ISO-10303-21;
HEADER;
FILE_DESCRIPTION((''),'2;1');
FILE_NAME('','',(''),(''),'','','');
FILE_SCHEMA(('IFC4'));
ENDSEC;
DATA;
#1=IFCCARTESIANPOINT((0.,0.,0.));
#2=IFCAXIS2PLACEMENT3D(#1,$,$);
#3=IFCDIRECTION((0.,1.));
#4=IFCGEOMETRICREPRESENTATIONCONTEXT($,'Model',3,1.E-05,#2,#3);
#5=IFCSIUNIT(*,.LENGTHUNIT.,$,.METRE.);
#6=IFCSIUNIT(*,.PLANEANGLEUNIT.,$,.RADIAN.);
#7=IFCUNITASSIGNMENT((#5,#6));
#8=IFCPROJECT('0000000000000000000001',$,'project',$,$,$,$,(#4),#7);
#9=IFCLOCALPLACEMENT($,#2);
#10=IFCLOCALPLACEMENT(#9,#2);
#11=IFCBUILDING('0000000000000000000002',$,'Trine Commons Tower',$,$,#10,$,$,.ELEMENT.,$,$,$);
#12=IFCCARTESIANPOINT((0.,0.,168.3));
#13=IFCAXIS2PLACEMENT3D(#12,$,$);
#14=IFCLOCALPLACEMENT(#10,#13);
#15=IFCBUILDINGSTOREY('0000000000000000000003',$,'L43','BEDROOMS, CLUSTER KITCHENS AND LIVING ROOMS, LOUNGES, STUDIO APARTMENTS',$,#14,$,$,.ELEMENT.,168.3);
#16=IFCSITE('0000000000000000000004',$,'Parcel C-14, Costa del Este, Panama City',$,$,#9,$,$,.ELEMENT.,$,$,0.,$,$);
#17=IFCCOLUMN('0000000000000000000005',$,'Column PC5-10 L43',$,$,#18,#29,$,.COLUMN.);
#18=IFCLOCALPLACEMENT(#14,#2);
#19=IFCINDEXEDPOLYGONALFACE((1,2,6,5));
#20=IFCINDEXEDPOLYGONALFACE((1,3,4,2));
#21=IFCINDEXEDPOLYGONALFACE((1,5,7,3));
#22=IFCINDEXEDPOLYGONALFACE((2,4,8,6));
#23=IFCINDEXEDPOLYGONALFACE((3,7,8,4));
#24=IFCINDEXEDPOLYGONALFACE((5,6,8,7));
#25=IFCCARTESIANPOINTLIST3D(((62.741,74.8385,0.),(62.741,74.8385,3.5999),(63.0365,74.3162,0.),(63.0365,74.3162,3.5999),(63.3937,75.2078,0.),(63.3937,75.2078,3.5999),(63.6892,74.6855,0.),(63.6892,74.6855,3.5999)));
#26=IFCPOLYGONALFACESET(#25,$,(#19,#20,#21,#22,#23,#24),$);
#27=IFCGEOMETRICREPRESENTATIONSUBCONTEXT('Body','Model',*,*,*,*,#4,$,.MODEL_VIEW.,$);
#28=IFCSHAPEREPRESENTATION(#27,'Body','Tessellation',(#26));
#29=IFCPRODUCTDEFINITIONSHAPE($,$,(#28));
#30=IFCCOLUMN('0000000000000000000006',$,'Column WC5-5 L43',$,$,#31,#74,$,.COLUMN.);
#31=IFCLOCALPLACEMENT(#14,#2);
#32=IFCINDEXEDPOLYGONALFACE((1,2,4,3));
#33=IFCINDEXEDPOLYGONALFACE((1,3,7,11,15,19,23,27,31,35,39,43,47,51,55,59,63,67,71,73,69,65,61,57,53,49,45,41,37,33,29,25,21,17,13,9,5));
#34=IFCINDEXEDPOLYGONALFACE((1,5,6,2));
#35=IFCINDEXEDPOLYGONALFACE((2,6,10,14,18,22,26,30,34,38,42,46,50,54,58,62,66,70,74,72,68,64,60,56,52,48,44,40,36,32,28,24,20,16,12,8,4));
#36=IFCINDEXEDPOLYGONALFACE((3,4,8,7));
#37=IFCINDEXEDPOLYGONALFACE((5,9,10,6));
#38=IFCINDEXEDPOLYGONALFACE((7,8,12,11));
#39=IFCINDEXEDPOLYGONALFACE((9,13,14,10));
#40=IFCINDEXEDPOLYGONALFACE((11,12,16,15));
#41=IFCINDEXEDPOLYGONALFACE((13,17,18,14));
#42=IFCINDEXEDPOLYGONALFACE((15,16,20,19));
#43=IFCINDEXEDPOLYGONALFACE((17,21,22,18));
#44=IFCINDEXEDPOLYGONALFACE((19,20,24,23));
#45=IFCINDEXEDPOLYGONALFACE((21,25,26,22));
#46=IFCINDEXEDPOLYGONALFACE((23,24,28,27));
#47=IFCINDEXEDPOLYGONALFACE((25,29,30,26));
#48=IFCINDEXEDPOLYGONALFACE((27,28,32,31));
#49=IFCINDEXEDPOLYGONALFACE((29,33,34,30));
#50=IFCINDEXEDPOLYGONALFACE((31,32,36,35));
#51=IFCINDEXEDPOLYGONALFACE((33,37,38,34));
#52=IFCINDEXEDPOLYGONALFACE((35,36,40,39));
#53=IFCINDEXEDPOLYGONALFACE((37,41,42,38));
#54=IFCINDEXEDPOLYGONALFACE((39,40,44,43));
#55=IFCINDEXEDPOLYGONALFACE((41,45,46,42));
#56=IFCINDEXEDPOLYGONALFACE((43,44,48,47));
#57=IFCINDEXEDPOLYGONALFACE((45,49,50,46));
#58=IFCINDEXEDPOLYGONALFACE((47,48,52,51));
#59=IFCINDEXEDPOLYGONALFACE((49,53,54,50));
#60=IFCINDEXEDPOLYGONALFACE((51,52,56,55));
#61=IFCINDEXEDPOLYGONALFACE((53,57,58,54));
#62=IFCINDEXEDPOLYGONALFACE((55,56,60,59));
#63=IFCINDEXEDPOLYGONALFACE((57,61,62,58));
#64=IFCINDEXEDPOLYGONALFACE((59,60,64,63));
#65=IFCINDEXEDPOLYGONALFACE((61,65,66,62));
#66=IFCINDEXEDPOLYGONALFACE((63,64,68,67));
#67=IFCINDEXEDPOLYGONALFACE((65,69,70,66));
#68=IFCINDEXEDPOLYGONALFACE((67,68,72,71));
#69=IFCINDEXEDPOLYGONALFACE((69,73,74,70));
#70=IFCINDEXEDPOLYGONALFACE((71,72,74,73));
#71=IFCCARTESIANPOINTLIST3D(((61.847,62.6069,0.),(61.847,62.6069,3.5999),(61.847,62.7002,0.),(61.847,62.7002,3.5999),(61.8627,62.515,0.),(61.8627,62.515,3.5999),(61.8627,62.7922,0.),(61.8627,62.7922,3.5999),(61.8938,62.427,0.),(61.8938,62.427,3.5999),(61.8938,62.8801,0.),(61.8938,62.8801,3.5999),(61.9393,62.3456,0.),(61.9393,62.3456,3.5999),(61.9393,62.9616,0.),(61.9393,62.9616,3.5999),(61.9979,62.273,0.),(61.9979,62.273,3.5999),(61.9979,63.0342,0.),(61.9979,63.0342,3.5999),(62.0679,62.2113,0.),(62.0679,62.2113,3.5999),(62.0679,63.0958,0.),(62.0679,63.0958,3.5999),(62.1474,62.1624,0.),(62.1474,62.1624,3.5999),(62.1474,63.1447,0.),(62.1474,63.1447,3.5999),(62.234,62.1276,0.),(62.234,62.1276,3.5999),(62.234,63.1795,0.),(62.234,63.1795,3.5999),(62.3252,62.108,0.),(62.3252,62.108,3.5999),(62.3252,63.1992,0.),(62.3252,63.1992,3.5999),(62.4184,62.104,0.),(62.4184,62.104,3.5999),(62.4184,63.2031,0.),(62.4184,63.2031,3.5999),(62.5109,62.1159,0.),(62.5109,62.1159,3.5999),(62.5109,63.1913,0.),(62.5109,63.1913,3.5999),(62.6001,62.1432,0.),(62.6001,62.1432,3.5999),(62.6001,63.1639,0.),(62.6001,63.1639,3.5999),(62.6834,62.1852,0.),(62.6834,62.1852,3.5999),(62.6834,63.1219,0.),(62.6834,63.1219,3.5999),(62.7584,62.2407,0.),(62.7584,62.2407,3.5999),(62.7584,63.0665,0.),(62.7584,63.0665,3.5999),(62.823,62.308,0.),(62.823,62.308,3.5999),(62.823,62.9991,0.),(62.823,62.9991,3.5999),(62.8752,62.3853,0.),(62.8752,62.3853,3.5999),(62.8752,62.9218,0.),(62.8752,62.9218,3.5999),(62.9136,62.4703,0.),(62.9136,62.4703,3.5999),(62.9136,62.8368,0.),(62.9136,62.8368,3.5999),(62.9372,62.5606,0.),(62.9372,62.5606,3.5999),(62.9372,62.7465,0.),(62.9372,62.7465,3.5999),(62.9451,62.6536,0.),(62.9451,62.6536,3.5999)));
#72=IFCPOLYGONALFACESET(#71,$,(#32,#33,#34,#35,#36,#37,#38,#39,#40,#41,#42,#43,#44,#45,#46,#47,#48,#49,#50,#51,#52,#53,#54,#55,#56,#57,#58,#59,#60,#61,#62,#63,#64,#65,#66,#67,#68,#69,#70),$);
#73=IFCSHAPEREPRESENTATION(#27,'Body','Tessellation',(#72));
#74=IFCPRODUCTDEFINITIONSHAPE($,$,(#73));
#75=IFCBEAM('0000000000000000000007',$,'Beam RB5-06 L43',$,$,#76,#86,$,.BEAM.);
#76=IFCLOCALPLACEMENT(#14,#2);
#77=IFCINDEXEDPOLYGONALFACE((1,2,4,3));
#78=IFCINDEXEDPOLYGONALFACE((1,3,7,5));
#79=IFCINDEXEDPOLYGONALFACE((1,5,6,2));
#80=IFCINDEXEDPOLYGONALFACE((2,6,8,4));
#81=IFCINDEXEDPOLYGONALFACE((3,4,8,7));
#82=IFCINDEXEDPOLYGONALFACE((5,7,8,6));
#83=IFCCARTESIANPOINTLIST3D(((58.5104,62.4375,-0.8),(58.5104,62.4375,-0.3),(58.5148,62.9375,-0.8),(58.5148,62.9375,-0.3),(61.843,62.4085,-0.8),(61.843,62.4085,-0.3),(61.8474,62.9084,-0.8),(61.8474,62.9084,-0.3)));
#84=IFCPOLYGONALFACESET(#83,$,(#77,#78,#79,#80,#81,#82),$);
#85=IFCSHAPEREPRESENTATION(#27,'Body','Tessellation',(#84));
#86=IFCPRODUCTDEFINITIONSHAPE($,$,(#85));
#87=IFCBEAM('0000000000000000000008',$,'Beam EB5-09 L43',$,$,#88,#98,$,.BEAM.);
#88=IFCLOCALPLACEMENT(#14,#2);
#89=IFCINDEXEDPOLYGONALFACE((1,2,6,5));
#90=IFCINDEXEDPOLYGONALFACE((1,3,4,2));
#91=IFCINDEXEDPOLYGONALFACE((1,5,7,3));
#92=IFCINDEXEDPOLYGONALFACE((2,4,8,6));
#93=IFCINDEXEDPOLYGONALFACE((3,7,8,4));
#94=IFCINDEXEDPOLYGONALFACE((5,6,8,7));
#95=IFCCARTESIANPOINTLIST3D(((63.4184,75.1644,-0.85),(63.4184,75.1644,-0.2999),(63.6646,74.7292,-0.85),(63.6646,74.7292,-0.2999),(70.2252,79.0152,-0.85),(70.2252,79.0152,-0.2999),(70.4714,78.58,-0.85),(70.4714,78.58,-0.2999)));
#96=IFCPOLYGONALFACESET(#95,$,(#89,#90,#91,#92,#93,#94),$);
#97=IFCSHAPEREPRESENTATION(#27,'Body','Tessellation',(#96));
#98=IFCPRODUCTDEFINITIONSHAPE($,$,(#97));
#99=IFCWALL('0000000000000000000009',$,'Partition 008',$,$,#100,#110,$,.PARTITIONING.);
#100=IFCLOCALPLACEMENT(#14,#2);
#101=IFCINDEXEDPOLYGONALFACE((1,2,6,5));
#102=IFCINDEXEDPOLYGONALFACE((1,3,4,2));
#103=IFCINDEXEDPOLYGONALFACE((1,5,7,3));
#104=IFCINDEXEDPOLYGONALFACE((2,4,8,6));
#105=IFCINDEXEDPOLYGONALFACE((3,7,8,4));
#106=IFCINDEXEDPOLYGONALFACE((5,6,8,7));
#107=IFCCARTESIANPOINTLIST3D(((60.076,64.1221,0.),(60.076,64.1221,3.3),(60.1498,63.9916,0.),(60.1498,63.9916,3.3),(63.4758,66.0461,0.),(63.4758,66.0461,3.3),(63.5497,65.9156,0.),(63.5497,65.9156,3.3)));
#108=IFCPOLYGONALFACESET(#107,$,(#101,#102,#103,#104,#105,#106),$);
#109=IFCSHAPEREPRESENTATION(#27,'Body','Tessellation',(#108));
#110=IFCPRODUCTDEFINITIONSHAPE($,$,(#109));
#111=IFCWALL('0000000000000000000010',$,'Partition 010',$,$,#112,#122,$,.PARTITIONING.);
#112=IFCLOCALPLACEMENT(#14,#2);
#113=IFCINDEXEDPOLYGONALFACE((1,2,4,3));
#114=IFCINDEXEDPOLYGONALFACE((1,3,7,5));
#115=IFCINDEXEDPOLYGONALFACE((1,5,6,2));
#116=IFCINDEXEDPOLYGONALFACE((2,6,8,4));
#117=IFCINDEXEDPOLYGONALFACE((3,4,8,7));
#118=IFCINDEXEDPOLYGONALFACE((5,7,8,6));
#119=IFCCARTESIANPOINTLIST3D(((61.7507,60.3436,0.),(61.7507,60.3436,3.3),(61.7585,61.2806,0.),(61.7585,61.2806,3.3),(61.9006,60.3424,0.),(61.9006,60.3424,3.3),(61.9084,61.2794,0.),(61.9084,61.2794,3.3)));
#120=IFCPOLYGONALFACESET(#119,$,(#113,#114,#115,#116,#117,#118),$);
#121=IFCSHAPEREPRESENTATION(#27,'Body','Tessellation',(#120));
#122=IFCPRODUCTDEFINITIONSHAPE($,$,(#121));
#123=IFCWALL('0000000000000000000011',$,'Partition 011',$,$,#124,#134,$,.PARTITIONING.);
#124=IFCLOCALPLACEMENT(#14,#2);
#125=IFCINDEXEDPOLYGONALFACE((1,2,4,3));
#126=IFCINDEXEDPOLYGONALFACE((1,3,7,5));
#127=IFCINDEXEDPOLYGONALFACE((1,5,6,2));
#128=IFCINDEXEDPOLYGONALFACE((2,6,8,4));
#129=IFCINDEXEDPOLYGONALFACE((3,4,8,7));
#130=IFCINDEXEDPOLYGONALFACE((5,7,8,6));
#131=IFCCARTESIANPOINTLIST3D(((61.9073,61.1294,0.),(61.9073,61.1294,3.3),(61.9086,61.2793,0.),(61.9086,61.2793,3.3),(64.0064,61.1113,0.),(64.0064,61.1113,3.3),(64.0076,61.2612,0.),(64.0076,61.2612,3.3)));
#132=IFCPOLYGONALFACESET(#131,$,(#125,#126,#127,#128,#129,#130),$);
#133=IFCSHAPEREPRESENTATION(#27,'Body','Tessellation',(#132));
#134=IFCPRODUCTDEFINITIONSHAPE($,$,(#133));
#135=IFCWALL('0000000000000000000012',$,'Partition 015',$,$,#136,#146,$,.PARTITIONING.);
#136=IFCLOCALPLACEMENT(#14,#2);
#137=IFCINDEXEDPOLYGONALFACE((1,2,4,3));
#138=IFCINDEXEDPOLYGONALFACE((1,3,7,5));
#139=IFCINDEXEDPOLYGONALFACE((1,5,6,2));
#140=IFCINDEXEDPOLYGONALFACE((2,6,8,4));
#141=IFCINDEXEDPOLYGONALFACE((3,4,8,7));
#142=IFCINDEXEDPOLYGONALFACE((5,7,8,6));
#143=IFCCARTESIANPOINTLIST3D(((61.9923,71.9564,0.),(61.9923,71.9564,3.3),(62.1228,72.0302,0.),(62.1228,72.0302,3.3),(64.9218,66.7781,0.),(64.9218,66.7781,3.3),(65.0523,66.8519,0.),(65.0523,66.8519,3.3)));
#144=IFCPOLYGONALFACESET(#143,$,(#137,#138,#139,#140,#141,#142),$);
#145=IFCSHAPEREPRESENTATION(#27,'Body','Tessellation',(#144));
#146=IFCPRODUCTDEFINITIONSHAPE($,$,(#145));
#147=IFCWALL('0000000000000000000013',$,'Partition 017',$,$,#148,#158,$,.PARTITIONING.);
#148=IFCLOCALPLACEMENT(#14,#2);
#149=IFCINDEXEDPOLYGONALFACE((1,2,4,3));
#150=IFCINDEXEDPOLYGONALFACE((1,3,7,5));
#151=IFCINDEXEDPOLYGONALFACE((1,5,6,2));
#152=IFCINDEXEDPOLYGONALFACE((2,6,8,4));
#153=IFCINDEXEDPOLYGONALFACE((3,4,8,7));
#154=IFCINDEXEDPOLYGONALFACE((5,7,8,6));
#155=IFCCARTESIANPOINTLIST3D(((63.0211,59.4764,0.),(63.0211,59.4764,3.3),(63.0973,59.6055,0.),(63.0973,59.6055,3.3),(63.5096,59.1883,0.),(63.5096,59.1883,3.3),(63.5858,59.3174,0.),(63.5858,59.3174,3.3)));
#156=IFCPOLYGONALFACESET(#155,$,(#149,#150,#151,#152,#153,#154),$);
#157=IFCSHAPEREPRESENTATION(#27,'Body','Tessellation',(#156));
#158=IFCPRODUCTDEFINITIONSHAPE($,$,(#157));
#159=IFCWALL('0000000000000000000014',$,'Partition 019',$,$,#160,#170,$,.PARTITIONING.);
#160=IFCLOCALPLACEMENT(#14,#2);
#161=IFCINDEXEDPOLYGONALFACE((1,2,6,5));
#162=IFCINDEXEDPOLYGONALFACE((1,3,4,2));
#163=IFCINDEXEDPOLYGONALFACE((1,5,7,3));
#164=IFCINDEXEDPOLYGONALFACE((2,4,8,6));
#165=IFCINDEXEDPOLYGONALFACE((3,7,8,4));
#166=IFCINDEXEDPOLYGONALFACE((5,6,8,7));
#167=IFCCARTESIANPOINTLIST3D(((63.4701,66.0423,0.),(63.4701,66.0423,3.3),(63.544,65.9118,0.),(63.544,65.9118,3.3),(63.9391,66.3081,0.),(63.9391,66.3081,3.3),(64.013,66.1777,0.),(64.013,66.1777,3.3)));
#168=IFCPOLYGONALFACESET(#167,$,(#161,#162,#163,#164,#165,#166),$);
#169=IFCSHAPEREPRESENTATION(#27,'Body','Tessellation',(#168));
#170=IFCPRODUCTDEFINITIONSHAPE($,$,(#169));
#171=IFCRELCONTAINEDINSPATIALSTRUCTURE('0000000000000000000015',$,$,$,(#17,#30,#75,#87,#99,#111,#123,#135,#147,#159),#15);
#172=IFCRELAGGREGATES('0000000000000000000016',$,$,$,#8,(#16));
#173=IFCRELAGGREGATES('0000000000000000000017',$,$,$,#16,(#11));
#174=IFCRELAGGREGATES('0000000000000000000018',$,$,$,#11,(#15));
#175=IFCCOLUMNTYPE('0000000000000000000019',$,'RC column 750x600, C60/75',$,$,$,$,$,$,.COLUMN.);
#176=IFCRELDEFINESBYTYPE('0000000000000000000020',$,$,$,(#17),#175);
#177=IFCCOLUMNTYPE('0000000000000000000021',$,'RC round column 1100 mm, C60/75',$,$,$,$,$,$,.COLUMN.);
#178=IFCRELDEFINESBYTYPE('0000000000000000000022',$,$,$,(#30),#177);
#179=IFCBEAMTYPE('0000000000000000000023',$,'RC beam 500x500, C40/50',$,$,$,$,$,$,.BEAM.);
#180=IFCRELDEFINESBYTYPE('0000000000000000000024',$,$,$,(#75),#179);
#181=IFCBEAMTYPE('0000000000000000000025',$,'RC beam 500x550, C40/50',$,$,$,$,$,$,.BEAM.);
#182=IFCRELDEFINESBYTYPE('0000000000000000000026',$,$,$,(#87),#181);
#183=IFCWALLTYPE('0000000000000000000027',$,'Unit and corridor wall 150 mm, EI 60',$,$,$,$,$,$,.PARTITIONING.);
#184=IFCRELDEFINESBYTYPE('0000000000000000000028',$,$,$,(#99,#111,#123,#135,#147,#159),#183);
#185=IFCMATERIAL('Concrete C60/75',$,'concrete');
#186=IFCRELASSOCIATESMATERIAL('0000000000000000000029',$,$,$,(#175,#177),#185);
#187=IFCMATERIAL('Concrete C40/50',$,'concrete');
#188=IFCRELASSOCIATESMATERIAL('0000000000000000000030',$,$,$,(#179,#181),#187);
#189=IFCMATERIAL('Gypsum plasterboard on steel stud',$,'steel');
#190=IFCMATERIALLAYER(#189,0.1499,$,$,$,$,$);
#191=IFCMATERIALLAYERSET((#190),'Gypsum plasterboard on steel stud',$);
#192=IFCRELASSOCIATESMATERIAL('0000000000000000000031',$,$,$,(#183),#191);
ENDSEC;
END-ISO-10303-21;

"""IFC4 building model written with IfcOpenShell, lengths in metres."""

from ifc_helpers import new_model, si_unit, direction, frame, frame_2d, origin, origin_2d, place, context, subcontext, project, spatial, rectangle, circle, extrude, material, layer, layer_set, material_profile, profile_set, type_object, element, save


model = new_model("IFC4")

# Units and contexts
model_context = context("Model", 3, precision=1e-05, world=origin(), true_north=direction((0.0, 1.0)))
body_context = subcontext(model_context, "Body", "Model", "MODEL_VIEW")
ifc_project = project(units=[si_unit("LENGTHUNIT", "METRE"), si_unit("PLANEANGLEUNIT", "RADIAN")], contexts=[model_context])

# Site, building, storey
site_placement = place(None, origin())
site = spatial("IfcSite", under=ifc_project, at=site_placement, Name="Parcel C-14, Costa del Este, Panama City", CompositionType="ELEMENT", RefElevation=0.0)
building_placement = place(site_placement, origin())
building = spatial("IfcBuilding", under=site, at=building_placement, Name="Trine Commons Tower", CompositionType="ELEMENT")
storey_placement = place(building_placement, frame((0.0, 0.0, 168.3)))
storey = spatial("IfcBuildingStorey", under=building, at=storey_placement, Name="L43", Description="BEDROOMS, CLUSTER KITCHENS AND LIVING ROOMS, LOUNGES, STUDIO APARTMENTS", CompositionType="ELEMENT", Elevation=168.3)

# Columns
ifc_material_1 = material(Name="Concrete C60/75", Category="concrete")
ifc_material_profile_1 = material_profile(ifc_material_1, rectangle(XDim=0.75, YDim=0.6001, at=origin_2d()), Name="RC 750x600")
ifc_profile_set_1 = profile_set([ifc_material_profile_1], Name="Concrete C60/75")
column_type_1 = type_object("IfcColumnType", Name="RC column 750x600, C60/75", PredefinedType="COLUMN", material=ifc_profile_set_1)
column_1_placement = place(storey_placement, frame((63.2151, 74.762, 0.0), z_axis=(0.0, 0.0, 1.0), x_axis=(0.870356, 0.492424, 0.0)))
element("IfcColumn", 1, at=column_1_placement, inside=storey, type_object=column_type_1, Name="Column PC5-10 L43", PredefinedType="COLUMN", context=body_context, shape_type="SweptSolid", body=[
    extrude(rectangle(XDim=0.75, YDim=0.6001, at=origin_2d()), origin(), (0.0, 0.0, 1.0), 3.5999),
])
ifc_material_profile_2 = material_profile(ifc_material_1, circle(Radius=0.55, at=origin_2d()), Name="RC round 1100")
ifc_profile_set_2 = profile_set([ifc_material_profile_2], Name="Concrete C60/75")
column_type_2 = type_object("IfcColumnType", Name="RC round column 1100 mm, C60/75", PredefinedType="COLUMN", material=ifc_profile_set_2)
column_2_placement = place(storey_placement, frame((62.395, 62.6536, 0.0), z_axis=(0.0, 0.0, 1.0), x_axis=(1.0, 0.0, 0.0)))
element("IfcColumn", 2, at=column_2_placement, inside=storey, type_object=column_type_2, Name="Column WC5-5 L43", PredefinedType="COLUMN", context=body_context, shape_type="SweptSolid", body=[
    extrude(circle(Radius=0.55, at=origin_2d()), origin(), (0.0, 0.0, 1.0), 3.5999),
])

# Beams
ifc_material_2 = material(Name="Concrete C40/50", Category="concrete")
ifc_material_profile_3 = material_profile(ifc_material_2, rectangle(XDim=0.5, YDim=0.5, at=origin_2d()), Name="RC 500x500")
ifc_profile_set_3 = profile_set([ifc_material_profile_3], Name="Concrete C40/50")
beam_type_1 = type_object("IfcBeamType", Name="RC beam 500x500, C40/50", PredefinedType="BEAM", material=ifc_profile_set_3)
beam_1_placement = place(storey_placement, frame((61.8452, 62.6584, -0.55), z_axis=(-0.999962, 0.008718, 0.0), x_axis=(-0.008718, -0.999962, 0.0)))
element("IfcBeam", 3, at=beam_1_placement, inside=storey, type_object=beam_type_1, Name="Beam RB5-06 L43", PredefinedType="BEAM", context=body_context, shape_type="SweptSolid", body=[
    extrude(rectangle(XDim=0.5, YDim=0.5, at=origin_2d()), origin(), (0.0, 0.0, 1.0), 3.3328),
])
ifc_material_profile_4 = material_profile(ifc_material_2, rectangle(XDim=0.5, YDim=0.55, at=origin_2d()), Name="RC 500x550")
ifc_profile_set_4 = profile_set([ifc_material_profile_4], Name="Concrete C40/50")
beam_type_2 = type_object("IfcBeamType", Name="RC beam 500x550, C40/50", PredefinedType="BEAM", material=ifc_profile_set_4)
beam_2_placement = place(storey_placement, frame((63.5415, 74.9468, -0.575), z_axis=(0.870373, 0.492393, 0.0), x_axis=(-0.492393, 0.870373, 0.0)))
element("IfcBeam", 4, at=beam_2_placement, inside=storey, type_object=beam_type_2, Name="Beam EB5-09 L43", PredefinedType="BEAM", context=body_context, shape_type="SweptSolid", body=[
    extrude(rectangle(XDim=0.5, YDim=0.55, at=origin_2d()), origin(), (0.0, 0.0, 1.0), 7.8206),
])

# Walls
ifc_material_3 = material(Name="Gypsum plasterboard on steel stud", Category="steel")
ifc_layer_1 = layer(ifc_material_3, 0.1499)
ifc_layer_set_1 = layer_set([ifc_layer_1], Name="Gypsum plasterboard on steel stud")
wall_type_1 = type_object("IfcWallType", Name="Unit and corridor wall 150 mm, EI 60", PredefinedType="PARTITIONING", material=ifc_layer_set_1)
wall_1_placement = place(storey_placement, frame((60.113, 64.0569, 0.0), z_axis=(0.0, 0.0, 1.0), x_axis=(0.870301, 0.492521, 0.0)))
element("IfcWall", 5, at=wall_1_placement, inside=storey, type_object=wall_type_1, Name="Partition 008", PredefinedType="PARTITIONING", context=body_context, shape_type="SweptSolid", body=[
    extrude(rectangle(XDim=3.9065, YDim=0.1499, at=frame_2d((1.9531, 0.0))), origin(), (0.0, 0.0, 1.0), 3.3),
])
wall_2_placement = place(storey_placement, frame((61.8257, 60.343, 0.0), z_axis=(0.0, 0.0, 1.0), x_axis=(0.008337, 0.999965, 0.0)))
element("IfcWall", 6, at=wall_2_placement, inside=storey, type_object=wall_type_1, Name="Partition 010", PredefinedType="PARTITIONING", context=body_context, shape_type="SweptSolid", body=[
    extrude(rectangle(XDim=0.937, YDim=0.1499, at=frame_2d((0.4685, 0.0))), origin(), (0.0, 0.0, 1.0), 3.3),
])
wall_3_placement = place(storey_placement, frame((61.908, 61.2043, 0.0), z_axis=(0.0, 0.0, 1.0), x_axis=(0.999963, -0.008606, 0.0)))
element("IfcWall", 7, at=wall_3_placement, inside=storey, type_object=wall_type_1, Name="Partition 011", PredefinedType="PARTITIONING", context=body_context, shape_type="SweptSolid", body=[
    extrude(rectangle(XDim=2.0991, YDim=0.1499, at=frame_2d((1.0496, 0.0))), origin(), (0.0, 0.0, 1.0), 3.3),
])
wall_4_placement = place(storey_placement, frame((62.0576, 71.9932, 0.0), z_axis=(0.0, 0.0, 1.0), x_axis=(0.492391, -0.870374, 0.0)))
element("IfcWall", 8, at=wall_4_placement, inside=storey, type_object=wall_type_1, Name="Partition 015", PredefinedType="PARTITIONING", context=body_context, shape_type="SweptSolid", body=[
    extrude(rectangle(XDim=5.9495, YDim=0.1499, at=frame_2d((2.9746, 0.0))), origin(), (0.0, 0.0, 1.0), 3.3),
])
wall_5_placement = place(storey_placement, frame((63.0591, 59.541, 0.0), z_axis=(0.0, 0.0, 1.0), x_axis=(0.86138, -0.50796, 0.0)))
element("IfcWall", 9, at=wall_5_placement, inside=storey, type_object=wall_type_1, Name="Partition 017", PredefinedType="PARTITIONING", context=body_context, shape_type="SweptSolid", body=[
    extrude(rectangle(XDim=0.5671, YDim=0.1499, at=frame_2d((0.2837, 0.0))), origin(), (0.0, 0.0, 1.0), 3.3),
])
wall_6_placement = place(storey_placement, frame((63.5071, 65.9771, 0.0), z_axis=(0.0, 0.0, 1.0), x_axis=(0.869938, 0.493161, 0.0)))
element("IfcWall", 10, at=wall_6_placement, inside=storey, type_object=wall_type_1, Name="Partition 019", PredefinedType="PARTITIONING", context=body_context, shape_type="SweptSolid", body=[
    extrude(rectangle(XDim=0.5391, YDim=0.1499, at=frame_2d((0.2695, 0.0))), origin(), (0.0, 0.0, 1.0), 3.3),
])

save(model, "model.ifc")
